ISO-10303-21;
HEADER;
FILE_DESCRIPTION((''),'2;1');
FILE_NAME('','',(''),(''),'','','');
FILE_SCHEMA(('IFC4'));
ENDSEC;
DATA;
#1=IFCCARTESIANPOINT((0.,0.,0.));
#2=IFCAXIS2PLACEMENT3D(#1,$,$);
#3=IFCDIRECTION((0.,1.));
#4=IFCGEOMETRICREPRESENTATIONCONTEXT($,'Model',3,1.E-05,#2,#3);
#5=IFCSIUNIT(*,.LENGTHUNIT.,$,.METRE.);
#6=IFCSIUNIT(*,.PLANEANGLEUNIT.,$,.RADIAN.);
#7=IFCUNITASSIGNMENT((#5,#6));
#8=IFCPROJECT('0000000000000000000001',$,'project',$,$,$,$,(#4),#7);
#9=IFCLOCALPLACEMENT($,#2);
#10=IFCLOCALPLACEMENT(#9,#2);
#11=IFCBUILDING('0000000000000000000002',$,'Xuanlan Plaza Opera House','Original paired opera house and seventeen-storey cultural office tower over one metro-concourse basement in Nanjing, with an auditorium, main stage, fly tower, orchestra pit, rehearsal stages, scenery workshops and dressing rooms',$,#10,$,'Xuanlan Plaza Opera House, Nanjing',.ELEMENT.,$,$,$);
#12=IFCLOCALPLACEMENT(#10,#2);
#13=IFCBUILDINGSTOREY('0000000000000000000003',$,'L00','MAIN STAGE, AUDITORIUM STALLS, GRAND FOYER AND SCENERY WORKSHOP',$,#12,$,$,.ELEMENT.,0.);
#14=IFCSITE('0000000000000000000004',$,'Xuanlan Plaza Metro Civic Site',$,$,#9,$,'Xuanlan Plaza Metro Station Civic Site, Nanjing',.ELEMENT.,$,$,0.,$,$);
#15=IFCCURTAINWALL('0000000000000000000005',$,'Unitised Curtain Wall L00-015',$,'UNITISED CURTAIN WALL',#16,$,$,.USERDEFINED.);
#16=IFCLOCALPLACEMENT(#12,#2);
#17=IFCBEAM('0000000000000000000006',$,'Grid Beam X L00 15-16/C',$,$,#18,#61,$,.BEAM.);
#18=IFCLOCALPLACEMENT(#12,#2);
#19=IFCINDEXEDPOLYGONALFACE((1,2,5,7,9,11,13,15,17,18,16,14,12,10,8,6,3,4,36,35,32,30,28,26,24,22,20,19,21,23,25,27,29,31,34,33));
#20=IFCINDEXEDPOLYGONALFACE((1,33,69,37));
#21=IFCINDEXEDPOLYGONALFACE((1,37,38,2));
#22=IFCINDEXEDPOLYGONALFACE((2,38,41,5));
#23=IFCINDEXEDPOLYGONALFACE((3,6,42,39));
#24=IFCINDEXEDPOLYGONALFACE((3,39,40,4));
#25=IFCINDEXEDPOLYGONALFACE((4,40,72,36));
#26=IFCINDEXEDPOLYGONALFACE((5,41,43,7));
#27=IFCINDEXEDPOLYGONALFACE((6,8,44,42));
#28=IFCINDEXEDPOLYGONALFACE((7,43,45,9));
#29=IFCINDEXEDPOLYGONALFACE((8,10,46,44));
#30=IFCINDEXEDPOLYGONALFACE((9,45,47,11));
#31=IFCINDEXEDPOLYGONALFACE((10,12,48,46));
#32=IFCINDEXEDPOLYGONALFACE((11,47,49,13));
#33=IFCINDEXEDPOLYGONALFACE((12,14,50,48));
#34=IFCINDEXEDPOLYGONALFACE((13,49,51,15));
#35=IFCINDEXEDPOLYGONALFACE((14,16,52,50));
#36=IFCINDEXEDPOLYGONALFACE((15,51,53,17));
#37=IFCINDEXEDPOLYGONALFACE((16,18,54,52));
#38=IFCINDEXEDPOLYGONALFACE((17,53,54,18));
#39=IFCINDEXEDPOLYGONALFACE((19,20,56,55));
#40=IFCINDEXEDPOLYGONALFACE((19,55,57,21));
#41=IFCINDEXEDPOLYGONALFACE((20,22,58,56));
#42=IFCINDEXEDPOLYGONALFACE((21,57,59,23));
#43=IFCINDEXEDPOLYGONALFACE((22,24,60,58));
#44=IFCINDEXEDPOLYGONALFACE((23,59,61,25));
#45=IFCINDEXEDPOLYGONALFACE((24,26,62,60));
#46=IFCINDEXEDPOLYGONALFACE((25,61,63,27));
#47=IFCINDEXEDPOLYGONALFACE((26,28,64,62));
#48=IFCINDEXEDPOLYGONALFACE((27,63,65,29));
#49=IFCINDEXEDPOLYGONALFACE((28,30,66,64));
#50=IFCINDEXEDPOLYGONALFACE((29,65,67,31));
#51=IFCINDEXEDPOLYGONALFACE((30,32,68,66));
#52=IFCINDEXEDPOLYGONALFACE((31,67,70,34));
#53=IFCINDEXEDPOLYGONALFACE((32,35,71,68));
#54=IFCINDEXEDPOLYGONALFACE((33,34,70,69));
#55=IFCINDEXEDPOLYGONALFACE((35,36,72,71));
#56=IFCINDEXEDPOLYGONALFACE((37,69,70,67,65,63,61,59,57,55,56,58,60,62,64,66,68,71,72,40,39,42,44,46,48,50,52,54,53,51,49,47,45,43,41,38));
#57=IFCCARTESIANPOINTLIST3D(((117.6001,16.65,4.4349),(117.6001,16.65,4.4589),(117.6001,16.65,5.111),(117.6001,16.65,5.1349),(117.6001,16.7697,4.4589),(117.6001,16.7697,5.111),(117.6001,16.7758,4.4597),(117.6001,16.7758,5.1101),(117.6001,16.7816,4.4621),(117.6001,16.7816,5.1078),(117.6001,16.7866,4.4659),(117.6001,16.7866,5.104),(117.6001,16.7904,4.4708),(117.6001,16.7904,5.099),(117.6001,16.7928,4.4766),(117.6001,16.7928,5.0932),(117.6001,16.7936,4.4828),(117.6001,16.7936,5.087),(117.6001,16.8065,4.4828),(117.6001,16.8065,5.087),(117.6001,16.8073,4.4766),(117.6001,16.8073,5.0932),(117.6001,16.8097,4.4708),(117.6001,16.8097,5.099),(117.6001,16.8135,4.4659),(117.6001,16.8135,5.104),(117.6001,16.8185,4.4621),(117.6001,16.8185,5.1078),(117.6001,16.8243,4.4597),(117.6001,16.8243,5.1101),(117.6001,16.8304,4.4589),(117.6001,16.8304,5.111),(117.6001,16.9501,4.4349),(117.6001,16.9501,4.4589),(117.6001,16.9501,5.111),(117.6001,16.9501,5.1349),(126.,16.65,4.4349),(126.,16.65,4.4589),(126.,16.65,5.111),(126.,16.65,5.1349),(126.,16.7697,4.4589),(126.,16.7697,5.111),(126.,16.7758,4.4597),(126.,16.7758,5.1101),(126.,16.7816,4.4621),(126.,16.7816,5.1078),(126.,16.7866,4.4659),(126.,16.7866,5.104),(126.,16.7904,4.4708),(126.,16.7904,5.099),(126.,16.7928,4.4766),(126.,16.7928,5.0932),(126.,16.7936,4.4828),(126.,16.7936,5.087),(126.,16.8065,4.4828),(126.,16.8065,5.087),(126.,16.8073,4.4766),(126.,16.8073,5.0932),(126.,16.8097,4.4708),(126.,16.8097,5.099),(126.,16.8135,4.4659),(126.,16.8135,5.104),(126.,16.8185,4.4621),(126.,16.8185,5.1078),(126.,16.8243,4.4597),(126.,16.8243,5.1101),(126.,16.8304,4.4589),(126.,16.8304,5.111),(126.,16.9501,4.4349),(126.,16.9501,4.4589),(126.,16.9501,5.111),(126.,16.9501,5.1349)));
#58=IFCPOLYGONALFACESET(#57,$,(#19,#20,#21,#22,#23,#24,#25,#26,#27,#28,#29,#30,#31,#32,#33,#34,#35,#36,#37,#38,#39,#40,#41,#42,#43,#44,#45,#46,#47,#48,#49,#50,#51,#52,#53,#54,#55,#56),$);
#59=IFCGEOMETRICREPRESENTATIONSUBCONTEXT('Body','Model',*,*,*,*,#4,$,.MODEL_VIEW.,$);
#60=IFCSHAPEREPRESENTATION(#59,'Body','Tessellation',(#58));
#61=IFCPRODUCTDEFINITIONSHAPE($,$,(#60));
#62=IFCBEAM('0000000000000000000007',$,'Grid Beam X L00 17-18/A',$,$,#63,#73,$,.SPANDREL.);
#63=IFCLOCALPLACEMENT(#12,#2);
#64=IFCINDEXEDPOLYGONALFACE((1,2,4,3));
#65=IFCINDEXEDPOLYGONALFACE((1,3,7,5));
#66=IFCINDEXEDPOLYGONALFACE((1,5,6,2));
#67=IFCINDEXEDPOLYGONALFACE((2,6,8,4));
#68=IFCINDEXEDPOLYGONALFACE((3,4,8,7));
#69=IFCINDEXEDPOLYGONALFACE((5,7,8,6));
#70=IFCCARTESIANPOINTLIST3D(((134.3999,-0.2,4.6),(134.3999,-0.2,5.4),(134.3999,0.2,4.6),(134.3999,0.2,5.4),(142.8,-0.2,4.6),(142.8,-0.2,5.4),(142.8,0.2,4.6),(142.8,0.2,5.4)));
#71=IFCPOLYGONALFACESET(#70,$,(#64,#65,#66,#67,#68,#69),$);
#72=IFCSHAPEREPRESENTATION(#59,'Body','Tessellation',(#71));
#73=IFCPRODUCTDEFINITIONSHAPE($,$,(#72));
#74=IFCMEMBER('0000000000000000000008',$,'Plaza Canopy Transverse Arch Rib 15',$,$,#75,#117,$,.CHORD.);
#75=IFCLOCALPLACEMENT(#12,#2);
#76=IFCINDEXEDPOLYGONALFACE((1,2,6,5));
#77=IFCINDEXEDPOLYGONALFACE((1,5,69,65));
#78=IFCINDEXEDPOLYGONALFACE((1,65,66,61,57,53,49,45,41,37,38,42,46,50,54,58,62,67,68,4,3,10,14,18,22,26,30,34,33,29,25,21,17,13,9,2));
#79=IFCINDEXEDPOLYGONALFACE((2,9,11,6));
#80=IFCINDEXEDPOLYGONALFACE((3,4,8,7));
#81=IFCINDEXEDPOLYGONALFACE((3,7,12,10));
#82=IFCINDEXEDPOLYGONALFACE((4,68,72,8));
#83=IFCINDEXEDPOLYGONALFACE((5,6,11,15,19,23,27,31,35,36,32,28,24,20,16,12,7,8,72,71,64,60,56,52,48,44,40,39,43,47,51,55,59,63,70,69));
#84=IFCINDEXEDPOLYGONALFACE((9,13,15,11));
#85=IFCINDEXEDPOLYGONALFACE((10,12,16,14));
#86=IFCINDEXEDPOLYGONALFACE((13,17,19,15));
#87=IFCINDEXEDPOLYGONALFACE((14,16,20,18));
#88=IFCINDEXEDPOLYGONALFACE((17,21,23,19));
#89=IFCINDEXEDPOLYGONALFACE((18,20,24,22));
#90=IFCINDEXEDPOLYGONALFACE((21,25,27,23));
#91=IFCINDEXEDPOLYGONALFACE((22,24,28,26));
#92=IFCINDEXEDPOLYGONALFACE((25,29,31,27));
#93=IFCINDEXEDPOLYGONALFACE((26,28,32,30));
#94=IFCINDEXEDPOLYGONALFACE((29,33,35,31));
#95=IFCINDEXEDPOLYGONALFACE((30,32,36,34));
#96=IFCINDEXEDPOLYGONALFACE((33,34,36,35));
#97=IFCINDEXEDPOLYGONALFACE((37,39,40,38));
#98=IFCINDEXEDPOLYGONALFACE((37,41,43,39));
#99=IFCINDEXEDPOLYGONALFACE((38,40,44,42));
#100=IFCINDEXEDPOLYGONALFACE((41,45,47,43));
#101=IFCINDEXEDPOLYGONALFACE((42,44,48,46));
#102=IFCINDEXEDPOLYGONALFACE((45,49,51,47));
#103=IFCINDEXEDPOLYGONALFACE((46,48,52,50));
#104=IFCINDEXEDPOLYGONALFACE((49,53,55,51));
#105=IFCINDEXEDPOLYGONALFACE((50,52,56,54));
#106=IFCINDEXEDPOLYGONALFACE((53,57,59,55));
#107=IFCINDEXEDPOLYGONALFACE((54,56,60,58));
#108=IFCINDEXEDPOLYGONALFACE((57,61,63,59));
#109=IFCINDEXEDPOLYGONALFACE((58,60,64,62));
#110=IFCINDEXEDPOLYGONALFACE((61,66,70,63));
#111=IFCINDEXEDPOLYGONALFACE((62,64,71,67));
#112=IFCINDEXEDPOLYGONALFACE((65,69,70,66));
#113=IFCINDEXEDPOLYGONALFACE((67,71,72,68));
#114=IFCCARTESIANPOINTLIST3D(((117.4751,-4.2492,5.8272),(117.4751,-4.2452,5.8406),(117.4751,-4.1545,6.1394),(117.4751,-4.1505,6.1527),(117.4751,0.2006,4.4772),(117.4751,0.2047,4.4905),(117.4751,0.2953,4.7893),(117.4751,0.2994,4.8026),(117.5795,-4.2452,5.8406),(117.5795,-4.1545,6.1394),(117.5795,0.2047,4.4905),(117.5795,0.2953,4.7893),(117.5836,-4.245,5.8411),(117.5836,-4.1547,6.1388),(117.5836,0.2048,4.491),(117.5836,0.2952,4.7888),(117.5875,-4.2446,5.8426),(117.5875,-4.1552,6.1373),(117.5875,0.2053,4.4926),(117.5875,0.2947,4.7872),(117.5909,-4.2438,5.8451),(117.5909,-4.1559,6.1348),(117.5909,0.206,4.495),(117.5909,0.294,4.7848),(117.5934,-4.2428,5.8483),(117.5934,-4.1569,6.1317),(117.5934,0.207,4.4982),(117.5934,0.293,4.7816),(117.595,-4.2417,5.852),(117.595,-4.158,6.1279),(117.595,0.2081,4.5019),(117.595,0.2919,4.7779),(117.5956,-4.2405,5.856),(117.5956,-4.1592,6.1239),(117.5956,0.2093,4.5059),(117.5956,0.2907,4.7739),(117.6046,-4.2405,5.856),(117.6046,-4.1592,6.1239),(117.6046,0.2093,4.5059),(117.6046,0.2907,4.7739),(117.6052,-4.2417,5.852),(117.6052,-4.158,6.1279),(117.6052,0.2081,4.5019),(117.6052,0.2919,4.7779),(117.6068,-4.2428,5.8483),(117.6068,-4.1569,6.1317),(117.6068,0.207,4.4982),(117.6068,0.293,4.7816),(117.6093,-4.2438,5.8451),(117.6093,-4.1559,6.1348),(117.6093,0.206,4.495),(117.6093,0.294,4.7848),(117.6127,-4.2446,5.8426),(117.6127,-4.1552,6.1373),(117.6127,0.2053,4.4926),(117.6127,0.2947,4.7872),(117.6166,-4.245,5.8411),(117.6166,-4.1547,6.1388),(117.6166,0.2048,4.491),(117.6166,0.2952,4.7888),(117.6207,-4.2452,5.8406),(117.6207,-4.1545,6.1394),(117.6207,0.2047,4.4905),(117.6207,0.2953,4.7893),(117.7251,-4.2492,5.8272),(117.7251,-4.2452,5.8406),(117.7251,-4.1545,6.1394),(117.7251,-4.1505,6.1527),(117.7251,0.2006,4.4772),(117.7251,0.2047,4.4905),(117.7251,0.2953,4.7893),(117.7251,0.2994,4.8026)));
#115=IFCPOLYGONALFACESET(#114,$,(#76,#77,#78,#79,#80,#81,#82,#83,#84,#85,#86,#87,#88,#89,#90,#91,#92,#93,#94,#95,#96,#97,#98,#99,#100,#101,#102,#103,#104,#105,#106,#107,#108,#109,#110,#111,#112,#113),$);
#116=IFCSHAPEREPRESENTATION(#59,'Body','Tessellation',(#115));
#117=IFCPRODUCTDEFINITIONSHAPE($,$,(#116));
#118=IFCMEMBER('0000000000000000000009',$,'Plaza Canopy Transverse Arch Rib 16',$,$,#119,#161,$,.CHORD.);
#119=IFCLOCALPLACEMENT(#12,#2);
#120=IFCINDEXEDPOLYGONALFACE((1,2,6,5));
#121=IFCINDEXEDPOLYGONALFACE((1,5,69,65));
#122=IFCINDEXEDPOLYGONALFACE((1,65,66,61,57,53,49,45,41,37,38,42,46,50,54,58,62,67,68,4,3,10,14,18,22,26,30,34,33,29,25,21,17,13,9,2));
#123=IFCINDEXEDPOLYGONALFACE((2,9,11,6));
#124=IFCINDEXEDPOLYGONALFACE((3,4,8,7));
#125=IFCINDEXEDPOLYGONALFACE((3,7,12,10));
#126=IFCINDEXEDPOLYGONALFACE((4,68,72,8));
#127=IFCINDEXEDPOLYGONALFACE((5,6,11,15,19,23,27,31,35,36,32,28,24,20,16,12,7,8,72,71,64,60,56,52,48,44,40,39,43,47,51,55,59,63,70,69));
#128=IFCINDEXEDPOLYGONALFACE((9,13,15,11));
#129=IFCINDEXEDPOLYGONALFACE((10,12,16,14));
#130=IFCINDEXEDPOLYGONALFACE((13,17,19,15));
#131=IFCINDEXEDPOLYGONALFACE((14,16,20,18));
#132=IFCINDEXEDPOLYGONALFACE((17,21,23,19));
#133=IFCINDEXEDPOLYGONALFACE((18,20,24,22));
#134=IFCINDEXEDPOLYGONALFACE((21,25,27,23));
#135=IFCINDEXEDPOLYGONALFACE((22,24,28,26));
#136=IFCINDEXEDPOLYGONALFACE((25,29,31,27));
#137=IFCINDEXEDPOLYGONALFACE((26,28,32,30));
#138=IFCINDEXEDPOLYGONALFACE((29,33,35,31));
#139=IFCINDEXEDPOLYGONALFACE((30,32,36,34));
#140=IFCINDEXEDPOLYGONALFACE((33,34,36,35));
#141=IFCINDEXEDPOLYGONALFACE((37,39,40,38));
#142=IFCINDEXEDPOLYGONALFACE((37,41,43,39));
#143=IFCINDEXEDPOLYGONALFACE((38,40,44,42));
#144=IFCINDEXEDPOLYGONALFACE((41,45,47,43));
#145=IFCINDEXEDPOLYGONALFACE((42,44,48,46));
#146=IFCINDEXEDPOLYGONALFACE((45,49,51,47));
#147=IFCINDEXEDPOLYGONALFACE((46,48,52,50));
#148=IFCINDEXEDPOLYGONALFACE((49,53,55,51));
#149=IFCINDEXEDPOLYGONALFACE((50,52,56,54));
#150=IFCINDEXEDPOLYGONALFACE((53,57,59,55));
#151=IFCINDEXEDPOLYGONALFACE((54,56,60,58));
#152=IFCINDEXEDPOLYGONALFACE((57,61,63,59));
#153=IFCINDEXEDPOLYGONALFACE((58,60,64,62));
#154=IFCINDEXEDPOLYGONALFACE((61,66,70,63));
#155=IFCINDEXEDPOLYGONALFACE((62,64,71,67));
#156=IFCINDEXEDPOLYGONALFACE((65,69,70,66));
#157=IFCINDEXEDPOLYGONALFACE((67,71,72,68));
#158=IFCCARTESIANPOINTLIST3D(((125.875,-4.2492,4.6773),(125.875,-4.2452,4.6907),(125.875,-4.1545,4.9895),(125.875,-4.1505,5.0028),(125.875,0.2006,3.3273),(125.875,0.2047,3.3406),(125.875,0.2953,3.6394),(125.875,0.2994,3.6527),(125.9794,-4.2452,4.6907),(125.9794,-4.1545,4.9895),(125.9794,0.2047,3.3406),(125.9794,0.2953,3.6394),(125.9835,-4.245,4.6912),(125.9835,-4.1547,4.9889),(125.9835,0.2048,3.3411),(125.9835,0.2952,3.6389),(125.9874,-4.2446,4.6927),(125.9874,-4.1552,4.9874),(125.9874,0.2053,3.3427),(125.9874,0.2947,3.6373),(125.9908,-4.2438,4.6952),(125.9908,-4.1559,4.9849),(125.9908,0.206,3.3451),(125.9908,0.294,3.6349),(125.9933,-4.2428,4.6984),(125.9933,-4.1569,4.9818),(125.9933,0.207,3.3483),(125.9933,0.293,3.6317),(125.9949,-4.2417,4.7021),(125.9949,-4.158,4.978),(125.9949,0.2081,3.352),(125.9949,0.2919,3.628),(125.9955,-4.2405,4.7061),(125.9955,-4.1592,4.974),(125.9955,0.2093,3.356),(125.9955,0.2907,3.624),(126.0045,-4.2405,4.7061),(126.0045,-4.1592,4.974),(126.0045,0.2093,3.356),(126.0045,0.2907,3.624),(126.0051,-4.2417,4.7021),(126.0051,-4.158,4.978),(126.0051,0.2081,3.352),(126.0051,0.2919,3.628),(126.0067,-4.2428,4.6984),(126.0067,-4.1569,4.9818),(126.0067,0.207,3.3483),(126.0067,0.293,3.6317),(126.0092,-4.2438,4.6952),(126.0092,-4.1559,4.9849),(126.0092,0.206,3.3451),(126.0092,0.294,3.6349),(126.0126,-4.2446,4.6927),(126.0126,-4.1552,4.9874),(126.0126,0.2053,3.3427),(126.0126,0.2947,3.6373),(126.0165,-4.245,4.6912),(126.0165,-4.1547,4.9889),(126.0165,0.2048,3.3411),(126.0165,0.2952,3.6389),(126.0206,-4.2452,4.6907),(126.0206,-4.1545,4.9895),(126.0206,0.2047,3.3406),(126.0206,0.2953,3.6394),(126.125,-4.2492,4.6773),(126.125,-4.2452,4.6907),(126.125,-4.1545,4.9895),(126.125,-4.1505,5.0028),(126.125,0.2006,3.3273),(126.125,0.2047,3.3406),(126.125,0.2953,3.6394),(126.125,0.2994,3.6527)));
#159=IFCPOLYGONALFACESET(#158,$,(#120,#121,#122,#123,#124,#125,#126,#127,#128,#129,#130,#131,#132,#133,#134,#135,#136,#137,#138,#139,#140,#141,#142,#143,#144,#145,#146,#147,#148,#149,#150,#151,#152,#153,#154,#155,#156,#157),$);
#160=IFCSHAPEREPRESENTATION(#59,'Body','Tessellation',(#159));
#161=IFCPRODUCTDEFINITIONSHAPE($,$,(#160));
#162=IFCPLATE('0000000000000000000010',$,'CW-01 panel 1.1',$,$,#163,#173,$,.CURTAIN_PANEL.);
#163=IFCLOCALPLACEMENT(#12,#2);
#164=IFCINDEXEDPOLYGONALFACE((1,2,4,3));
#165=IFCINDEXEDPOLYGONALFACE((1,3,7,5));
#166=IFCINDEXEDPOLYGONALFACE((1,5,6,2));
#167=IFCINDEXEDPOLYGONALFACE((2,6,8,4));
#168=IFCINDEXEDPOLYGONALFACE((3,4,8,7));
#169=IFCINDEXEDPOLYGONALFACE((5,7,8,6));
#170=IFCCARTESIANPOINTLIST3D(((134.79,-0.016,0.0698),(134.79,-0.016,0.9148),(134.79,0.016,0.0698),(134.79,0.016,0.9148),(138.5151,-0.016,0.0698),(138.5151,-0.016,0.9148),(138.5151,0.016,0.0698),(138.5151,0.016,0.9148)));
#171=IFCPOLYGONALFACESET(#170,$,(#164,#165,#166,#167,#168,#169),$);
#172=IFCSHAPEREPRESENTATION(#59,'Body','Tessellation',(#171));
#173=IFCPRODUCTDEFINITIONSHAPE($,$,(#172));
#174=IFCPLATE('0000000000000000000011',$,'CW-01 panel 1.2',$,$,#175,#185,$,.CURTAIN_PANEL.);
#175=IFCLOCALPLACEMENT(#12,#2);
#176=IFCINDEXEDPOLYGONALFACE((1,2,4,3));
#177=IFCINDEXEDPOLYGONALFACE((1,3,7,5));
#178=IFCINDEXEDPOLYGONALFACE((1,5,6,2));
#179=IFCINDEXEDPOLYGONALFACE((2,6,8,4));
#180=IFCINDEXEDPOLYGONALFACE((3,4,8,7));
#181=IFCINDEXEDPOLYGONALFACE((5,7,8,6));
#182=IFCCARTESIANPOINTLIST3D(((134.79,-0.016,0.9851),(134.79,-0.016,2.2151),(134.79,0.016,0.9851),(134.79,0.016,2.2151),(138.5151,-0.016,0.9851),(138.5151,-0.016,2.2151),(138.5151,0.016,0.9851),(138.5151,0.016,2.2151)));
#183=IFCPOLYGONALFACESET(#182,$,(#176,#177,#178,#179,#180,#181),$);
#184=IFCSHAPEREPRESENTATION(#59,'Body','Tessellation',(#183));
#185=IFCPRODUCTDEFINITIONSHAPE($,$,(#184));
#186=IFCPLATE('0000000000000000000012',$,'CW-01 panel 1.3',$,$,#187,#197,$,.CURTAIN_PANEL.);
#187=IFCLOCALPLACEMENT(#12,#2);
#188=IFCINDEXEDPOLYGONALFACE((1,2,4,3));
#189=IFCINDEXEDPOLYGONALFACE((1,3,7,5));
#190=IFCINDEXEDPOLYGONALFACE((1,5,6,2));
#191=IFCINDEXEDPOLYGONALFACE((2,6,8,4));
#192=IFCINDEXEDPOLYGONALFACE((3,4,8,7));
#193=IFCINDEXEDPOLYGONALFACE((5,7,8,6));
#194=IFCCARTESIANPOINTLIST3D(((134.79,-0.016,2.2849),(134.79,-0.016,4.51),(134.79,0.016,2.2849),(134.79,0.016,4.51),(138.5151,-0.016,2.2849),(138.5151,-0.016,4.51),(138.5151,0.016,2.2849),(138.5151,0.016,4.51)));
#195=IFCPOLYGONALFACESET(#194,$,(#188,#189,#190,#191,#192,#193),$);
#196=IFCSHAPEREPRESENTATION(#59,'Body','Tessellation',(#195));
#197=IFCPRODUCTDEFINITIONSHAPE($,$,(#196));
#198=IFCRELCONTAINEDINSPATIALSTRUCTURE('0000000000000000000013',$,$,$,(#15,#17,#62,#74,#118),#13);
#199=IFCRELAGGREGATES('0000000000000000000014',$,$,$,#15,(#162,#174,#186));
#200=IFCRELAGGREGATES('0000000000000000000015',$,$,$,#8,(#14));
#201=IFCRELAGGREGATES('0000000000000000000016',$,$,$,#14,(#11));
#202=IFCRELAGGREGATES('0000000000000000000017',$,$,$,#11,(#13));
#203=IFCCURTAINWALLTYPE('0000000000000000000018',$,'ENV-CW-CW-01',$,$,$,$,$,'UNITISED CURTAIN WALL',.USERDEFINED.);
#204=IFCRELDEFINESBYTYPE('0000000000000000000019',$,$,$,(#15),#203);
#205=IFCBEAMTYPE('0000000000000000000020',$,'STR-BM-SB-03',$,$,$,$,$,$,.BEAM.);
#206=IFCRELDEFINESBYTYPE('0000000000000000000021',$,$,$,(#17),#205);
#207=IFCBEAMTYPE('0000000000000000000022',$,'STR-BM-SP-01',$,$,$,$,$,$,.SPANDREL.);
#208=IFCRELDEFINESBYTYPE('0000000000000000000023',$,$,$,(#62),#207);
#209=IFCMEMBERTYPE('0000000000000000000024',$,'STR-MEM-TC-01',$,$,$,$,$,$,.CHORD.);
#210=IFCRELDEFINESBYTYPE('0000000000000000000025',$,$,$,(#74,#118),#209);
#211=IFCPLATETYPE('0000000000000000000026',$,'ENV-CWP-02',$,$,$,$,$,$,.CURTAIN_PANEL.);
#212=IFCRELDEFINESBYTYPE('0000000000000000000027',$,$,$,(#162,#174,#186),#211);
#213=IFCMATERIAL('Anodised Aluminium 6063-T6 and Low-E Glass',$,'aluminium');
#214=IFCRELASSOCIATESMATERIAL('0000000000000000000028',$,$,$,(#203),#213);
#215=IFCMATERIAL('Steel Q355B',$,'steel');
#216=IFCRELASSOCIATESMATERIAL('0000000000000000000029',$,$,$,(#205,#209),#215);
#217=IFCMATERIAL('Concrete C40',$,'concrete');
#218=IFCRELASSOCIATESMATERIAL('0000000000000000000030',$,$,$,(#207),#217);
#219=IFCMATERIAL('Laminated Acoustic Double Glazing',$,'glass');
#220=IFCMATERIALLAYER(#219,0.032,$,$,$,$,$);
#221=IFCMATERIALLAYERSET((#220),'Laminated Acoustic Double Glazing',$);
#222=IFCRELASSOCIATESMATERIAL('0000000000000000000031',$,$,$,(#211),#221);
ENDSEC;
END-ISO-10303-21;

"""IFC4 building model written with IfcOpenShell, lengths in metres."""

from ifc_helpers import new_model, si_unit, direction, frame, origin, origin_2d, place, context, subcontext, project, spatial, rectangle, i_section, extrude, material, layer, layer_set, material_profile, profile_set, type_object, element, aggregate, save


model = new_model("IFC4")

# Units and contexts
model_context = context("Model", 3, precision=1e-05, world=origin(), true_north=direction((0.0, 1.0)))
body_context = subcontext(model_context, "Body", "Model", "MODEL_VIEW")
ifc_project = project(units=[si_unit("LENGTHUNIT", "METRE"), si_unit("PLANEANGLEUNIT", "RADIAN")], contexts=[model_context])

# Site, building, storey
site_placement = place(None, origin())
site = spatial("IfcSite", under=ifc_project, at=site_placement, Name="Xuanlan Plaza Metro Civic Site", LongName="Xuanlan Plaza Metro Station Civic Site, Nanjing", CompositionType="ELEMENT", RefElevation=0.0)
building_placement = place(site_placement, origin())
building = spatial("IfcBuilding", under=site, at=building_placement, Name="Xuanlan Plaza Opera House", Description="Original paired opera house and seventeen-storey cultural office tower over one metro-concourse basement in Nanjing, with an auditorium, main stage, fly tower, orchestra pit, rehearsal stages, scenery workshops and dressing rooms", LongName="Xuanlan Plaza Opera House, Nanjing", CompositionType="ELEMENT")
storey_placement = place(building_placement, origin())
storey = spatial("IfcBuildingStorey", under=building, at=storey_placement, Name="L00", Description="MAIN STAGE, AUDITORIUM STALLS, GRAND FOYER AND SCENERY WORKSHOP", CompositionType="ELEMENT", Elevation=0.0)

# Shared definitions
ifc_material_1 = material(Name="Concrete C40", Category="concrete")

# Curtain wall
ifc_material_2 = material(Name="Anodised Aluminium 6063-T6 and Low-E Glass", Category="aluminium")
curtain_wall_type = type_object("IfcCurtainWallType", Name="ENV-CW-CW-01", ElementType="UNITISED CURTAIN WALL", PredefinedType="USERDEFINED", material=ifc_material_2)
curtain_wall_placement = place(storey_placement, origin())
curtain_wall = element("IfcCurtainWall", 1, at=curtain_wall_placement, inside=storey, type_object=curtain_wall_type, Name="Unitised Curtain Wall L00-015", ObjectType="UNITISED CURTAIN WALL", PredefinedType="USERDEFINED")

# Beams
ifc_material_3 = material(Name="Steel Q355B", Category="steel")
ifc_material_profile_1 = material_profile(ifc_material_3, i_section(OverallWidth=0.3, OverallDepth=0.7, WebThickness=0.0129, FlangeThickness=0.0239, FilletRadius=0.0239, at=origin_2d()), Name="HN 700x300x13x24")
ifc_profile_set_1 = profile_set([ifc_material_profile_1], Name="Steel Q355B")
beam_type_1 = type_object("IfcBeamType", Name="STR-BM-SB-03", PredefinedType="BEAM", material=ifc_profile_set_1)
beam_1_placement = place(storey_placement, frame((117.6001, 16.8, 4.7849), z_axis=(1.0, 0.0, 0.0), x_axis=(0.0, 1.0, 0.0)))
element("IfcBeam", 2, at=beam_1_placement, inside=storey, type_object=beam_type_1, Name="Grid Beam X L00 15-16/C", PredefinedType="BEAM", context=body_context, shape_type="SweptSolid", body=[
    extrude(i_section(OverallWidth=0.3, OverallDepth=0.7, WebThickness=0.0129, FlangeThickness=0.0239, FilletRadius=0.0239, at=origin_2d()), origin(), (0.0, 0.0, 1.0), 8.3999),
])
ifc_material_profile_2 = material_profile(ifc_material_1, rectangle(XDim=0.3999, YDim=0.8, at=origin_2d()), Name="RC-SPD 400x800")
ifc_profile_set_2 = profile_set([ifc_material_profile_2], Name="Concrete C40")
beam_type_2 = type_object("IfcBeamType", Name="STR-BM-SP-01", PredefinedType="SPANDREL", material=ifc_profile_set_2)
beam_2_placement = place(storey_placement, frame((134.3999, 0.0, 5.0), z_axis=(1.0, 0.0, 0.0), x_axis=(0.0, 1.0, 0.0)))
element("IfcBeam", 3, at=beam_2_placement, inside=storey, type_object=beam_type_2, Name="Grid Beam X L00 17-18/A", PredefinedType="SPANDREL", context=body_context, shape_type="SweptSolid", body=[
    extrude(rectangle(XDim=0.3999, YDim=0.8, at=origin_2d()), origin(), (0.0, 0.0, 1.0), 8.4001),
])

# Members
ifc_material_profile_3 = material_profile(ifc_material_3, i_section(OverallWidth=0.25, OverallDepth=0.3401, WebThickness=0.009, FlangeThickness=0.0139, FilletRadius=0.0161, at=origin_2d()), Name="HM 340x250x9x14")
ifc_profile_set_3 = profile_set([ifc_material_profile_3], Name="Steel Q355B")
member_type_1 = type_object("IfcMemberType", Name="STR-MEM-TC-01", PredefinedType="CHORD", material=ifc_profile_set_3)
for number, where, z_axis, x_axis, name in (
    (4, (117.6001, 0.25, 4.6399), (0.0, -0.956927, 0.290328), (1.0, 0.0, 0.0), "Plaza Canopy Transverse Arch Rib 15"),
    (5, (126.0, 0.25, 3.49), (0.0, -0.956927, 0.290328), (1.0, 0.0, 0.0), "Plaza Canopy Transverse Arch Rib 16"),
):
    element("IfcMember", number, at=place(storey_placement, frame(where, z_axis=z_axis, x_axis=x_axis)), inside=storey, type_object=member_type_1, Name=name, PredefinedType="CHORD", context=body_context, shape_type="SweptSolid", body=[
        extrude(i_section(OverallWidth=0.25, OverallDepth=0.3401, WebThickness=0.009, FlangeThickness=0.0139, FilletRadius=0.0161, at=origin_2d()), origin(), (0.0, 0.0, 1.0), 4.6501),
    ])

# Plates
ifc_material_4 = material(Name="Laminated Acoustic Double Glazing", Category="glass")
ifc_layer_1 = layer(ifc_material_4, 0.032)
ifc_layer_set_1 = layer_set([ifc_layer_1], Name="Laminated Acoustic Double Glazing")
plate_type = type_object("IfcPlateType", Name="ENV-CWP-02", PredefinedType="CURTAIN_PANEL", material=ifc_layer_set_1)
plate_1_placement = place(storey_placement, frame((136.6526, 0.0, 0.0698), z_axis=(0.0, 0.0, 1.0), x_axis=(1.0, 0.0, 0.0)))
plate_1 = element("IfcPlate", 6, at=plate_1_placement, type_object=plate_type, Name="CW-01 panel 1.1", PredefinedType="CURTAIN_PANEL", context=body_context, shape_type="SweptSolid", body=[
    extrude(rectangle(XDim=3.7251, YDim=0.032, at=origin_2d()), origin(), (0.0, 0.0, 1.0), 0.845),
])
plate_2_placement = place(storey_placement, frame((136.6526, 0.0, 0.9851), z_axis=(0.0, 0.0, 1.0), x_axis=(1.0, 0.0, 0.0)))
plate_2 = element("IfcPlate", 7, at=plate_2_placement, type_object=plate_type, Name="CW-01 panel 1.2", PredefinedType="CURTAIN_PANEL", context=body_context, shape_type="SweptSolid", body=[
    extrude(rectangle(XDim=3.7251, YDim=0.032, at=origin_2d()), origin(), (0.0, 0.0, 1.0), 1.23),
])
plate_3_placement = place(storey_placement, frame((136.6526, 0.0, 2.2849), z_axis=(0.0, 0.0, 1.0), x_axis=(1.0, 0.0, 0.0)))
plate_3 = element("IfcPlate", 8, at=plate_3_placement, type_object=plate_type, Name="CW-01 panel 1.3", PredefinedType="CURTAIN_PANEL", context=body_context, shape_type="SweptSolid", body=[
    extrude(rectangle(XDim=3.7251, YDim=0.032, at=origin_2d()), origin(), (0.0, 0.0, 1.0), 2.2251),
])
aggregate(curtain_wall, [plate_1, plate_2, plate_3])

save(model, "model.ifc")
